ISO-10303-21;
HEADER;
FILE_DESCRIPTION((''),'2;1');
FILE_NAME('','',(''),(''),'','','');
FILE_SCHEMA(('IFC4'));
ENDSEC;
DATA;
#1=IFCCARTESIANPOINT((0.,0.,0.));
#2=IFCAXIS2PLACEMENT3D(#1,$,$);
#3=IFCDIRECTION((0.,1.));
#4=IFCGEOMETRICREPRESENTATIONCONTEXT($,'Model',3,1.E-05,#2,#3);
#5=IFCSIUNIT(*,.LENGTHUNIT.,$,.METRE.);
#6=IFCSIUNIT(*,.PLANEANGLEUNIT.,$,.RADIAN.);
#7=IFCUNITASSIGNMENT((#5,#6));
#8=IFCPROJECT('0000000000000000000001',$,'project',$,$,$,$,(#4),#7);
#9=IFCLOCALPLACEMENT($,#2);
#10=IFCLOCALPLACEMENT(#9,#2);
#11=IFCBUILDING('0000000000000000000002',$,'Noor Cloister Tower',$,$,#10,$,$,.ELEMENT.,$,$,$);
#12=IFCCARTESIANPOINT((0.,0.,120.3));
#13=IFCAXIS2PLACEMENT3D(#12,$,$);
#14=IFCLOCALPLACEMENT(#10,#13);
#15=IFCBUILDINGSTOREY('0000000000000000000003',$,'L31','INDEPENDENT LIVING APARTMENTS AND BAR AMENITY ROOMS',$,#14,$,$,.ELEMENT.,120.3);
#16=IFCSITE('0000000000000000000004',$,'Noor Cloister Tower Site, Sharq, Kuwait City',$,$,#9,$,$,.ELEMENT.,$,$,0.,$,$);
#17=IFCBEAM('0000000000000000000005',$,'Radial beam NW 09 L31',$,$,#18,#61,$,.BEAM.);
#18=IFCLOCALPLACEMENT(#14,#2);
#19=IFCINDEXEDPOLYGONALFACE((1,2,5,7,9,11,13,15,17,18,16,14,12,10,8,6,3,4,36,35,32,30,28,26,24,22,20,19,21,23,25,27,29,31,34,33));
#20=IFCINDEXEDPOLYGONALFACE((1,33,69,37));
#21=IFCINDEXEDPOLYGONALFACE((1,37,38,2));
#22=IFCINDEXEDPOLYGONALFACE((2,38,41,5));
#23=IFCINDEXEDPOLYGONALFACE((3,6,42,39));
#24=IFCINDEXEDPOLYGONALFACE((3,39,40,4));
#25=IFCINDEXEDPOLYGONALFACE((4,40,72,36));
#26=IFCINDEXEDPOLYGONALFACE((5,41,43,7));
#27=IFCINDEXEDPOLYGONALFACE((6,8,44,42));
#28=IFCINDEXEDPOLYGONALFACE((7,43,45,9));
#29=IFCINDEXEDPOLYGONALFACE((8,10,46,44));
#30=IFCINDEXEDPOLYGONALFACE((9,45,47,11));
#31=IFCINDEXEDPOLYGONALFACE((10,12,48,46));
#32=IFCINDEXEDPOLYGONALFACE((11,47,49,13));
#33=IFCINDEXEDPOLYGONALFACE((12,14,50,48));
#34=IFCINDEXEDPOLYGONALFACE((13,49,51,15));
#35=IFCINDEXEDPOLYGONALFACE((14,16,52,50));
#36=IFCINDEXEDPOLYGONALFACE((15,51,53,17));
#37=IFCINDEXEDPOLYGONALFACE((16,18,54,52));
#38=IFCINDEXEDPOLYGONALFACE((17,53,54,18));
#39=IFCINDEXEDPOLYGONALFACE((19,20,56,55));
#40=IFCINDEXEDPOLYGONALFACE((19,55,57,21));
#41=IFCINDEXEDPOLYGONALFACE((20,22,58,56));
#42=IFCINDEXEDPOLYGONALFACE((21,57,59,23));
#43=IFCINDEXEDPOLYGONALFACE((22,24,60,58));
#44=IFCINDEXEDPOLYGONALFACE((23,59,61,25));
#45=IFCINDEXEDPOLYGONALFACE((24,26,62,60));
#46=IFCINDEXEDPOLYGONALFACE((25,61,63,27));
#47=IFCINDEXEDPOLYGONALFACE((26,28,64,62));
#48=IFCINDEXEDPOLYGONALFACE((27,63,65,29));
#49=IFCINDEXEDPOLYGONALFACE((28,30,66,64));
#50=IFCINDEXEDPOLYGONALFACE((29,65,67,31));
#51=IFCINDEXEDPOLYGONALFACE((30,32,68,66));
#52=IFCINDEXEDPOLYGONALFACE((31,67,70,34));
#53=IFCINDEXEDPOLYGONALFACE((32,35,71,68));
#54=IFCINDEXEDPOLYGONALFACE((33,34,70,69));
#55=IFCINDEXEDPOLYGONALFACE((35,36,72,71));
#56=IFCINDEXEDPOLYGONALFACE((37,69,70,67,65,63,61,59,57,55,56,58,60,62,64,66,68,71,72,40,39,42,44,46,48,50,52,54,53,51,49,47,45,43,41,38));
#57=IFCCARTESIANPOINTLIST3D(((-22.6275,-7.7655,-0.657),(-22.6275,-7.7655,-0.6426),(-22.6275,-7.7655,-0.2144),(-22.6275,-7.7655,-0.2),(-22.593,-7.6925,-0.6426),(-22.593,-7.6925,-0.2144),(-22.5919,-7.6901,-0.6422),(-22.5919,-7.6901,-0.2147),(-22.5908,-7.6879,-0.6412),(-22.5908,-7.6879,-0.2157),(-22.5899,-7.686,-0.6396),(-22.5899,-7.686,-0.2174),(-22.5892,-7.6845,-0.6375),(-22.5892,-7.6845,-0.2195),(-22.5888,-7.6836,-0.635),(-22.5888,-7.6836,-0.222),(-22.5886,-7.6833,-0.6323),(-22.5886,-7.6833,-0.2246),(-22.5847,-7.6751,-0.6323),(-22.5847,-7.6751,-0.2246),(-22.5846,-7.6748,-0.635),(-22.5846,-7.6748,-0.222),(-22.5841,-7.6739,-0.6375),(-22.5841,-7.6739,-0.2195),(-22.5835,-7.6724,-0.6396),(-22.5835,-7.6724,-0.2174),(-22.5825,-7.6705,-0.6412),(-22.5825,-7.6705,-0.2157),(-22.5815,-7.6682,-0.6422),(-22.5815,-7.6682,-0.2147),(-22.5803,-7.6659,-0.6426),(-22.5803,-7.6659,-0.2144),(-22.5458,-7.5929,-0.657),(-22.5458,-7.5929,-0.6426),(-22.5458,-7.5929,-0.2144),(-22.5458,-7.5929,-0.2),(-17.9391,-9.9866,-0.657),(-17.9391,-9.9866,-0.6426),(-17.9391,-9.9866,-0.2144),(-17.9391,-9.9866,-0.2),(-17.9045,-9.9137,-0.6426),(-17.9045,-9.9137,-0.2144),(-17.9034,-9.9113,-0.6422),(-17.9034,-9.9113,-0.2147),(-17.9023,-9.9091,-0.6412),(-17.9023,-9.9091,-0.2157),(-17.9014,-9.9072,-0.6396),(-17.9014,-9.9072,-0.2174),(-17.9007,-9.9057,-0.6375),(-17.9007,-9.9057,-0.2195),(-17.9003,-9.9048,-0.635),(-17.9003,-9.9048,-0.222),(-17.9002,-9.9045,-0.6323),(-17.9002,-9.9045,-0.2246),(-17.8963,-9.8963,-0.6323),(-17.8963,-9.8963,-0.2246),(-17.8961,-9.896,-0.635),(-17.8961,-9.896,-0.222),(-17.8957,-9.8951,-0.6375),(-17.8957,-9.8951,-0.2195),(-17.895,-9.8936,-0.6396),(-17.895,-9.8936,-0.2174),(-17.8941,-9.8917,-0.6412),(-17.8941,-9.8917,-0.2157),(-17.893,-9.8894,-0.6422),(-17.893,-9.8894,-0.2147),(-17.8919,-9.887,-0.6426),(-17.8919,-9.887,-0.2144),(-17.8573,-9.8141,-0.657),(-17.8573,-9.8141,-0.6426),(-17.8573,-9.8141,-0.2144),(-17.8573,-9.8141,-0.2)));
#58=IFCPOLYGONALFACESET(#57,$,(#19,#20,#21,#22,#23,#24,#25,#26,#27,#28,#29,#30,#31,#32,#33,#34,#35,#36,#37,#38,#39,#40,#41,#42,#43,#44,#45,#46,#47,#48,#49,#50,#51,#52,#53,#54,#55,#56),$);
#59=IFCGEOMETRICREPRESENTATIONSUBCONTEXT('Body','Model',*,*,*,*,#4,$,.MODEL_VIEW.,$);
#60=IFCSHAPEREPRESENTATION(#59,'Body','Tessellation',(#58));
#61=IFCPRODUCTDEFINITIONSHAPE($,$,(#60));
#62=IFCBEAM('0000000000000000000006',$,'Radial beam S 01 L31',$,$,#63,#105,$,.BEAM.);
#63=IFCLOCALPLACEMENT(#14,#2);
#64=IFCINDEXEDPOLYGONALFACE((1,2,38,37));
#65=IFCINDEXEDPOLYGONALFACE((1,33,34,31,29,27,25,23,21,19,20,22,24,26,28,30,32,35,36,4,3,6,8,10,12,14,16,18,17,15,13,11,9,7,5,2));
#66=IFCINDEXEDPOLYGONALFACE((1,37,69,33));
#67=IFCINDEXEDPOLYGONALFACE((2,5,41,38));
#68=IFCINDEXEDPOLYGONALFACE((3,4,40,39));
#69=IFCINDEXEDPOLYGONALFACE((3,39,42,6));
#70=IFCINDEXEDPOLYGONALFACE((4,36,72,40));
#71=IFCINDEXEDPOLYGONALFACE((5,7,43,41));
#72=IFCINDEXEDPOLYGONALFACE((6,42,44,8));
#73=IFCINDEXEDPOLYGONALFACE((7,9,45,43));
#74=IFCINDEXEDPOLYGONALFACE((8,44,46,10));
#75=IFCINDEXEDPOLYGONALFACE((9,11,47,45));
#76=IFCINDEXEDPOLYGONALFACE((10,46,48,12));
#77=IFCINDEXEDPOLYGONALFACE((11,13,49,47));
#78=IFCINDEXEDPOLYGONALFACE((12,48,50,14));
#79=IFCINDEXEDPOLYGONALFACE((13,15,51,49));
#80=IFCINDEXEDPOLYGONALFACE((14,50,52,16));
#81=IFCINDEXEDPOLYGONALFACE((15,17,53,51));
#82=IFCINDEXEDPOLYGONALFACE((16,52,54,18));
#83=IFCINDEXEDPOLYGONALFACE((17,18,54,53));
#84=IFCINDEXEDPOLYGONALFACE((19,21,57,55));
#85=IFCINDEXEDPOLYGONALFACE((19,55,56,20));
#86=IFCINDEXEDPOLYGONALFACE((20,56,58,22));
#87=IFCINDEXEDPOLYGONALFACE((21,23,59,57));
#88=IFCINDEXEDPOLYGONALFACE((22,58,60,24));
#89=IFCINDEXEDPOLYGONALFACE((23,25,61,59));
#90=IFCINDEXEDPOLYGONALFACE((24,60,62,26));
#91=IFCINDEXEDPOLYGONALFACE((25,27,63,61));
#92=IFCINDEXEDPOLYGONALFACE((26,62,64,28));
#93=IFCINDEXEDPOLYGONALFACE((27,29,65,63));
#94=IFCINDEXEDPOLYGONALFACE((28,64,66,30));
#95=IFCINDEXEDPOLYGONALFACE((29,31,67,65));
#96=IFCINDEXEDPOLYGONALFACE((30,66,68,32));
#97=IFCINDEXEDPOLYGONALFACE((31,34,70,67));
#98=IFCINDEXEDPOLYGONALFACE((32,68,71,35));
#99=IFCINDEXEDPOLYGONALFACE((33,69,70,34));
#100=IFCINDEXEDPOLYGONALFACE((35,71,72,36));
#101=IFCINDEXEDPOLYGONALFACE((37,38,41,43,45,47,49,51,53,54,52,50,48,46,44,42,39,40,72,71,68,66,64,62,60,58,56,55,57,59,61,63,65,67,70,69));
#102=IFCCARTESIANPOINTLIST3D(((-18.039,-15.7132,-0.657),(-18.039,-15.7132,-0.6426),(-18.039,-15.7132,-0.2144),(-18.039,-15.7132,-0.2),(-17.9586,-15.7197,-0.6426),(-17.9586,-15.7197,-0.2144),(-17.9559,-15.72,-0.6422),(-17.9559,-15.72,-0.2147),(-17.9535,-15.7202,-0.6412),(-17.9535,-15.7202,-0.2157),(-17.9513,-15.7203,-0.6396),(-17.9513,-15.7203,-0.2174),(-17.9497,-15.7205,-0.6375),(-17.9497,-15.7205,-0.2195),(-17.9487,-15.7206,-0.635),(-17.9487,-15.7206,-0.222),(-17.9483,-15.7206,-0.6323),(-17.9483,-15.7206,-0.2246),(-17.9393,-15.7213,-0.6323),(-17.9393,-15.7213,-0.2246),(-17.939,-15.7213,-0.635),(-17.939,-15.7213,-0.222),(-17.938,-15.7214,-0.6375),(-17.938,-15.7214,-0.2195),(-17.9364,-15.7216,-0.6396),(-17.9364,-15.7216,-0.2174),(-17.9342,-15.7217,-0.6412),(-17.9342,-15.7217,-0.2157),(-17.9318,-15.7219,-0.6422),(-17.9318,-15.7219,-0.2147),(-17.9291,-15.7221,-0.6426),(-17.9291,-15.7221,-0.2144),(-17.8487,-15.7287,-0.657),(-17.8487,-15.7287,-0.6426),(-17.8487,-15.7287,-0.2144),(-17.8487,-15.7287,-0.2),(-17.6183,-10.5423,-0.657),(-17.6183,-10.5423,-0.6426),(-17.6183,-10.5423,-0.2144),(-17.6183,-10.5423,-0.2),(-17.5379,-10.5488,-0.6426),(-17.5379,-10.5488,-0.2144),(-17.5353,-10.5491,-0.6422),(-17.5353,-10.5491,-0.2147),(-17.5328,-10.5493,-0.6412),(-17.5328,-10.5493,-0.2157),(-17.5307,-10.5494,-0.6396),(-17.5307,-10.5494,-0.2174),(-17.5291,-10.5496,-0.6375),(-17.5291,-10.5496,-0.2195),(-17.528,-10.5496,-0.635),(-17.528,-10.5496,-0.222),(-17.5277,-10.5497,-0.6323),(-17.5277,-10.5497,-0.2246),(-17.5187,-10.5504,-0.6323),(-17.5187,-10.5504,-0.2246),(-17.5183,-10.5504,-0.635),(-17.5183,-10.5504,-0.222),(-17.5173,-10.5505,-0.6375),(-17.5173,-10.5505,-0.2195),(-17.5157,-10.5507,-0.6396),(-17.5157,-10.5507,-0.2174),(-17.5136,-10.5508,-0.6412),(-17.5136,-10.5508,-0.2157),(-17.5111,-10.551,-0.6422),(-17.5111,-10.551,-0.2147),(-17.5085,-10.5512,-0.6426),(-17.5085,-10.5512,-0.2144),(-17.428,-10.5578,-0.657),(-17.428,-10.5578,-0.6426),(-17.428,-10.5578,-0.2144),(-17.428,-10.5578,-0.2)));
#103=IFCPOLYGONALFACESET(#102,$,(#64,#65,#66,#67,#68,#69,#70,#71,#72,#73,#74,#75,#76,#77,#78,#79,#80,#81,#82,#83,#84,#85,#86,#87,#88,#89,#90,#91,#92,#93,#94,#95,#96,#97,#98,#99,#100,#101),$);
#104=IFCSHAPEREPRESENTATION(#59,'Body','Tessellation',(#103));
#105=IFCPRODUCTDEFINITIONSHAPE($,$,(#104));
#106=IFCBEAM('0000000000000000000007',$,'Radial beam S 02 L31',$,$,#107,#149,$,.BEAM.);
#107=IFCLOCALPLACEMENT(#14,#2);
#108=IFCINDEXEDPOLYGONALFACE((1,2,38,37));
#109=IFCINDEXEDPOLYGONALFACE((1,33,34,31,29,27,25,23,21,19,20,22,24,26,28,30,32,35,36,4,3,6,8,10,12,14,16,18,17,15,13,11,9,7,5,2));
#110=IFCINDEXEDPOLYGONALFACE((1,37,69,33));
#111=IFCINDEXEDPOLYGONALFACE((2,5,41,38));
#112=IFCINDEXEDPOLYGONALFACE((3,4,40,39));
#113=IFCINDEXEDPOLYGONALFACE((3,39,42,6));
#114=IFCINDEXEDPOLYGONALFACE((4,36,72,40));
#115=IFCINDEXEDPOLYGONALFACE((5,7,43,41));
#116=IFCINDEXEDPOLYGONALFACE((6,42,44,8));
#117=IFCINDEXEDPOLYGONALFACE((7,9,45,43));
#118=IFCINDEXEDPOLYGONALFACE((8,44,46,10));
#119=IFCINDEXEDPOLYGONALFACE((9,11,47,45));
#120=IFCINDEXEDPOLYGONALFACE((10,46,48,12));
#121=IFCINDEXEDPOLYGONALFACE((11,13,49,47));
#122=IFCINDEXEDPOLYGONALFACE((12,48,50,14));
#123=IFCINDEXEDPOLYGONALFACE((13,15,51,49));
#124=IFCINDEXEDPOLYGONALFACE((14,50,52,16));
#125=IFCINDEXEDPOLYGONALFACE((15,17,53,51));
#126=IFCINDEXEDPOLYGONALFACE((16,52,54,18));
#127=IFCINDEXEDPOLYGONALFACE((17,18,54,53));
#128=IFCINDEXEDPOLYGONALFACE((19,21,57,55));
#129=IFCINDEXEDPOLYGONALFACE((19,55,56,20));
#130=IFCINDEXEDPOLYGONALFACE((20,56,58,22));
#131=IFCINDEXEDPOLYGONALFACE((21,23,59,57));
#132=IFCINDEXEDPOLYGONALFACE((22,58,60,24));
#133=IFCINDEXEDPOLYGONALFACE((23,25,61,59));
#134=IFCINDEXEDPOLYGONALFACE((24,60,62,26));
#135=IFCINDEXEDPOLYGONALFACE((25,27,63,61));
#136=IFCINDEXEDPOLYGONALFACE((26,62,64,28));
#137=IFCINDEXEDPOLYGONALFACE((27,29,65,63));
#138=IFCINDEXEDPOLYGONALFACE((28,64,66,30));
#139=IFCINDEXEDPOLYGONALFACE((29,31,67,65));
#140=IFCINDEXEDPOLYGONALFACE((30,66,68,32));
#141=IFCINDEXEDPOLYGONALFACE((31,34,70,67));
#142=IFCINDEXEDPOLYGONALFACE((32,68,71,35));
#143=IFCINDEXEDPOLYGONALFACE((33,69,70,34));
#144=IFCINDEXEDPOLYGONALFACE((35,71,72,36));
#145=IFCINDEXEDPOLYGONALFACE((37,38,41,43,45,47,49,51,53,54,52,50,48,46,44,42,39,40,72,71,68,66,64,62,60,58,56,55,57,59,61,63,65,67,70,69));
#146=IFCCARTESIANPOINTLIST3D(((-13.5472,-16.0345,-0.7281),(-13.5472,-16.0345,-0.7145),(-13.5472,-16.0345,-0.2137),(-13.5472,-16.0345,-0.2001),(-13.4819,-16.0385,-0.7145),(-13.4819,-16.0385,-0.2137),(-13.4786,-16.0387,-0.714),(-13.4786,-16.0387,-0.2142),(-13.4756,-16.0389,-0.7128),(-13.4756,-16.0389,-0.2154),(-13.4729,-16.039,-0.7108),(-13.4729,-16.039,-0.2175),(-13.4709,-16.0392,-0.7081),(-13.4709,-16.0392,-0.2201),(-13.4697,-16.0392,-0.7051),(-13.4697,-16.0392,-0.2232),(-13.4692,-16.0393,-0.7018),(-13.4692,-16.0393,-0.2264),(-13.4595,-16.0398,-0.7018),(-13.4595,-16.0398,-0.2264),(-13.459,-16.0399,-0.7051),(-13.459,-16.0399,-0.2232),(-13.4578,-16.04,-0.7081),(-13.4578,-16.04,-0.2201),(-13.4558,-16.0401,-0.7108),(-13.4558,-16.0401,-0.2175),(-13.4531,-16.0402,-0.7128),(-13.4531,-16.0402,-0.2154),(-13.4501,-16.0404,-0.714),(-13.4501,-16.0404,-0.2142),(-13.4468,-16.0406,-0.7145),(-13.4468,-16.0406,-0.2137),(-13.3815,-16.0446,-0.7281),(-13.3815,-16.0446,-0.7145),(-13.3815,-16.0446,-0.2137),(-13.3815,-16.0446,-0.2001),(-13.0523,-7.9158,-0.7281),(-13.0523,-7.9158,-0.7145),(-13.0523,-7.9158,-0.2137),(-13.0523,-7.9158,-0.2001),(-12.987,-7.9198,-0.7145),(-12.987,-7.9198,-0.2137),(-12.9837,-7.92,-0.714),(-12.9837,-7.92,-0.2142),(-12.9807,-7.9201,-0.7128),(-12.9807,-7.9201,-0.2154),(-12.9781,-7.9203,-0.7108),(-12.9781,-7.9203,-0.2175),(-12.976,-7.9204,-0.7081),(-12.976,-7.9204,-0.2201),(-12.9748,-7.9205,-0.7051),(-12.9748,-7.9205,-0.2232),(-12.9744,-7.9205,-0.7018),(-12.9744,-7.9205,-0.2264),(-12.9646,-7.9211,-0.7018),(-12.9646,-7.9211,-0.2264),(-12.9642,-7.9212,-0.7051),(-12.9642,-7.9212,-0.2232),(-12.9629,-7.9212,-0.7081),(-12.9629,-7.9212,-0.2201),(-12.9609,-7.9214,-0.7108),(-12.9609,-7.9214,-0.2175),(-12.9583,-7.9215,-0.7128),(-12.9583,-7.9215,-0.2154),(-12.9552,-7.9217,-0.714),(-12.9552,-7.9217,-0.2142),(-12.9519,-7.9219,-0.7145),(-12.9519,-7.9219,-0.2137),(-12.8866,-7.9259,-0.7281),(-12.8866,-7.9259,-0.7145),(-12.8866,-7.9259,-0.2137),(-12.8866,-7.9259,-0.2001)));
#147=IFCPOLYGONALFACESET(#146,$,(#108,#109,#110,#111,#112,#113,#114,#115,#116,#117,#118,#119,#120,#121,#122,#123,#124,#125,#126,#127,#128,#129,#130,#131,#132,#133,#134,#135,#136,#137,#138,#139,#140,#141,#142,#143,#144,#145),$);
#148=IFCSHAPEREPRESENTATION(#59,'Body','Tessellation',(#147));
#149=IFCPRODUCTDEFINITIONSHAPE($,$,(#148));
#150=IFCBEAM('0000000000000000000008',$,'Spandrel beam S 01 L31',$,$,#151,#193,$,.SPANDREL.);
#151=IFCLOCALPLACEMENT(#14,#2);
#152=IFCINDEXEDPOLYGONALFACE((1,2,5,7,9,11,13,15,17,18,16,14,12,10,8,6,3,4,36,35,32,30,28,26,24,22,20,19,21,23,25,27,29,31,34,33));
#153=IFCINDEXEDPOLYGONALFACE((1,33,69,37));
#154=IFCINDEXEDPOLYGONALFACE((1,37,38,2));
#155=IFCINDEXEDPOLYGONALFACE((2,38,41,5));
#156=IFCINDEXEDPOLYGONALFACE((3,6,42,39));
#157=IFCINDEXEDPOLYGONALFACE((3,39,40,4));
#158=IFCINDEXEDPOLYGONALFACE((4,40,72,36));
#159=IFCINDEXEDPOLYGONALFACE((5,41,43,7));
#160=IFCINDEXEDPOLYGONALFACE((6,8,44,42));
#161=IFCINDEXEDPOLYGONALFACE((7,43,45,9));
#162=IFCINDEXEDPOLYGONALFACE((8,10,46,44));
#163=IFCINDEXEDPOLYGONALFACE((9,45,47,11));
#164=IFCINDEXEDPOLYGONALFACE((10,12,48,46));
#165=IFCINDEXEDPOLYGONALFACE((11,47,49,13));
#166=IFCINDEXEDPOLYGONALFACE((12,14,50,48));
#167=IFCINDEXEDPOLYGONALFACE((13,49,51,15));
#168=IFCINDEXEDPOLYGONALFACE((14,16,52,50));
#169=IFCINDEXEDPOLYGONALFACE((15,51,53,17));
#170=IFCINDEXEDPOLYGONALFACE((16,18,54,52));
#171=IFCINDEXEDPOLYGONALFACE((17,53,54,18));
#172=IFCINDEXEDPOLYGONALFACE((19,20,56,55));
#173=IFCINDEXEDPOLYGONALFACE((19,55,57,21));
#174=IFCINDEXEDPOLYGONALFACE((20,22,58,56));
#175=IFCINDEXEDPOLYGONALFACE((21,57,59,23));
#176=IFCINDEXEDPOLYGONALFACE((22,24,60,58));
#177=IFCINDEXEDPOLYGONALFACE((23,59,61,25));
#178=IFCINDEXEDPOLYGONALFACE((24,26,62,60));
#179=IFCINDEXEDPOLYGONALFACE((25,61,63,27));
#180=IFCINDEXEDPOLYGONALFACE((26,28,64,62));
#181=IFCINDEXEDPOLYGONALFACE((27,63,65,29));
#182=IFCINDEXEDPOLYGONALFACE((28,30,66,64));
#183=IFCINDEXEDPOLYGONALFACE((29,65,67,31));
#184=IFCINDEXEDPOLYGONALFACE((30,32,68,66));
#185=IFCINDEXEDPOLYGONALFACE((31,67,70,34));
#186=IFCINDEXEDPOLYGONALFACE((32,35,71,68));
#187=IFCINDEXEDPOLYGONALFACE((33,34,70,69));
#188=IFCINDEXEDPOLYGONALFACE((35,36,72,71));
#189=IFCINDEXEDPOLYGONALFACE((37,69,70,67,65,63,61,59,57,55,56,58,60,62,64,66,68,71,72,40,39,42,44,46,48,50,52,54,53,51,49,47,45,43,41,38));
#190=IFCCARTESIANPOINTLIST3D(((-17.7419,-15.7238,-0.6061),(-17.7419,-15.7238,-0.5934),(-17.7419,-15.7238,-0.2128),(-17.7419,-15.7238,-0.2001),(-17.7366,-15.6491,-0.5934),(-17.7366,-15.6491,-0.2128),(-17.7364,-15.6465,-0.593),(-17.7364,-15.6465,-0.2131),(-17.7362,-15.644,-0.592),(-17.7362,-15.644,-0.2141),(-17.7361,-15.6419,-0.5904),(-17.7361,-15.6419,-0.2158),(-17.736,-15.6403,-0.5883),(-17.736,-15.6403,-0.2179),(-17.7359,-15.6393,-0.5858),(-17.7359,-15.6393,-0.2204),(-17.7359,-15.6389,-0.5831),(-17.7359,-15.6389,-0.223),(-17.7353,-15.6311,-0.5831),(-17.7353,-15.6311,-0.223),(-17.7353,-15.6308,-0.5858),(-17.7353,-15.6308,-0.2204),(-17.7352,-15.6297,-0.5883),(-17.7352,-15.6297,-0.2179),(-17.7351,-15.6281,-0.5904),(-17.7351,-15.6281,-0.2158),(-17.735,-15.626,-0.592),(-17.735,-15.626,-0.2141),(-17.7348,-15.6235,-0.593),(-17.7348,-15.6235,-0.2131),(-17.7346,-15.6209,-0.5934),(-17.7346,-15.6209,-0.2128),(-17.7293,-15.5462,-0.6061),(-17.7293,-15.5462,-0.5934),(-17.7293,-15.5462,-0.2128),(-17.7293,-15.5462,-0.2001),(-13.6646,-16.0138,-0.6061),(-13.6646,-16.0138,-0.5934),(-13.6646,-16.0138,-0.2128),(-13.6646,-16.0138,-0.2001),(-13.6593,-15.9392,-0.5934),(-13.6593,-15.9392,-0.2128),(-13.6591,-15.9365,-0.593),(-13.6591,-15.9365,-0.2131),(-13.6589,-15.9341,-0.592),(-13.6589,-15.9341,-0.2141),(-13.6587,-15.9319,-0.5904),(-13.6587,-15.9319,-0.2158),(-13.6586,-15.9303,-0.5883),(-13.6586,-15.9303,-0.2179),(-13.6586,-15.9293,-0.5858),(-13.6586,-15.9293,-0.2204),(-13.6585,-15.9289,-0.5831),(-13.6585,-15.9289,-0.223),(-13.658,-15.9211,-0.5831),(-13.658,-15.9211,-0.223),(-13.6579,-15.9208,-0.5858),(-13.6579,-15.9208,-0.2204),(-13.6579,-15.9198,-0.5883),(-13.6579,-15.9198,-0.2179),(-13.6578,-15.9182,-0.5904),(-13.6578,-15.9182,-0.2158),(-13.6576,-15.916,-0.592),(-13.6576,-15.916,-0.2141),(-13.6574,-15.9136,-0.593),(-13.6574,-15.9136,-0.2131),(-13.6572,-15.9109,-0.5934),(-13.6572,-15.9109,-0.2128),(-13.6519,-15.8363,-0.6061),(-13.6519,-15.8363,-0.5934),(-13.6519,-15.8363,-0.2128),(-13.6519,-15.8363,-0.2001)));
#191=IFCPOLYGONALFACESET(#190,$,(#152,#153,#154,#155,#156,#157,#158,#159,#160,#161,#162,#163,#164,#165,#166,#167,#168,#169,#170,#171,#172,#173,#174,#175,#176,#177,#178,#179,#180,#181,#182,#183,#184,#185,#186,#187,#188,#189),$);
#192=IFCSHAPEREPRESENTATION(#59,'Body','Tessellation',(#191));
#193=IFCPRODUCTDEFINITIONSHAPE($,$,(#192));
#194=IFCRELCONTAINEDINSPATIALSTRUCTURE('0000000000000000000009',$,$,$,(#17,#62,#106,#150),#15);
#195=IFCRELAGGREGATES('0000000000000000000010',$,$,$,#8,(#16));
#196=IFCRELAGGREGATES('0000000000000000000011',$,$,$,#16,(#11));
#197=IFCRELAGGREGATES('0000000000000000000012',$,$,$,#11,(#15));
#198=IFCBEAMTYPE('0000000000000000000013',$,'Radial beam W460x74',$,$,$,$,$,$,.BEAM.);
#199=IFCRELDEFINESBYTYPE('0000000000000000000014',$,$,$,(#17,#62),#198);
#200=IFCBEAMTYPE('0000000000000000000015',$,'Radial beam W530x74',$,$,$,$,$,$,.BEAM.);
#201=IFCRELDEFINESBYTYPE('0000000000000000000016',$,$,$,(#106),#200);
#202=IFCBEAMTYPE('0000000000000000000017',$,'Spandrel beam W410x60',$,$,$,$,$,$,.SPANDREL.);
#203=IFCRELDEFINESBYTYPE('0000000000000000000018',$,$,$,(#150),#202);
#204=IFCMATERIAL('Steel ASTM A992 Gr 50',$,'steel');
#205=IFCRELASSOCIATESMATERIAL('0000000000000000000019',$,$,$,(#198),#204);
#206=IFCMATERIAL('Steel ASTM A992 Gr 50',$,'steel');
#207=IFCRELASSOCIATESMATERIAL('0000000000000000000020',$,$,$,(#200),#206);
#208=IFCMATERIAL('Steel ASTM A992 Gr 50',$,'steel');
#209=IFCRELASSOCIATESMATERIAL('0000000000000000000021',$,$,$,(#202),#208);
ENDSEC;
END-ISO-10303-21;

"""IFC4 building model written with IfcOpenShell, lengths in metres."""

from ifc_helpers import new_model, si_unit, direction, frame, origin, origin_2d, place, context, subcontext, project, spatial, i_section, extrude, material, material_profile, profile_set, type_object, element, save


model = new_model("IFC4")

# Units and contexts
model_context = context("Model", 3, precision=1e-05, world=origin(), true_north=direction((0.0, 1.0)))
body_context = subcontext(model_context, "Body", "Model", "MODEL_VIEW")
ifc_project = project(units=[si_unit("LENGTHUNIT", "METRE"), si_unit("PLANEANGLEUNIT", "RADIAN")], contexts=[model_context])

# Site, building, storey
site_placement = place(None, origin())
site = spatial("IfcSite", under=ifc_project, at=site_placement, Name="Noor Cloister Tower Site, Sharq, Kuwait City", CompositionType="ELEMENT", RefElevation=0.0)
building_placement = place(site_placement, origin())
building = spatial("IfcBuilding", under=site, at=building_placement, Name="Noor Cloister Tower", CompositionType="ELEMENT")
storey_placement = place(building_placement, frame((0.0, 0.0, 120.3)))
storey = spatial("IfcBuildingStorey", under=building, at=storey_placement, Name="L31", Description="INDEPENDENT LIVING APARTMENTS AND BAR AMENITY ROOMS", CompositionType="ELEMENT", Elevation=120.3)

# Beams
ifc_material_1 = material(Name="Steel ASTM A992 Gr 50", Category="steel")
ifc_material_profile_1 = material_profile(ifc_material_1, i_section(OverallWidth=0.1909, OverallDepth=0.457, WebThickness=0.009, FlangeThickness=0.0144, FilletRadius=0.0103, at=origin_2d()), Name="W460x74")
ifc_profile_set_1 = profile_set([ifc_material_profile_1], Name="Steel ASTM A992 Gr 50")
beam_type_1 = type_object("IfcBeamType", Name="Radial beam W460x74", PredefinedType="BEAM", material=ifc_profile_set_1)
for number, where, z_axis, x_axis, name in (
    (1, (-22.5867, -7.6792, -0.4285), (0.903713, -0.428139, 0.0), (0.428139, 0.903713, 0.0), "Radial beam NW 09 L31"),
    (2, (-17.9438, -15.7209, -0.4285), (0.081082, 0.996707, 0.0), (-0.996707, 0.081082, 0.0), "Radial beam S 01 L31"),
):
    element("IfcBeam", number, at=place(storey_placement, frame(where, z_axis=z_axis, x_axis=x_axis)), inside=storey, type_object=beam_type_1, Name=name, PredefinedType="BEAM", context=body_context, shape_type="SweptSolid", body=[
        extrude(i_section(OverallWidth=0.1909, OverallDepth=0.457, WebThickness=0.009, FlangeThickness=0.0144, FilletRadius=0.0103, at=origin_2d()), origin(), (0.0, 0.0, 1.0), 5.188),
    ])
ifc_material_2 = material(Name="Steel ASTM A992 Gr 50", Category="steel")
ifc_material_profile_2 = material_profile(ifc_material_2, i_section(OverallWidth=0.166, OverallDepth=0.5281, WebThickness=0.0098, FlangeThickness=0.0137, FilletRadius=0.0127, at=origin_2d()), Name="W530x74")
ifc_profile_set_2 = profile_set([ifc_material_profile_2], Name="Steel ASTM A992 Gr 50")
beam_type_2 = type_object("IfcBeamType", Name="Radial beam W530x74", PredefinedType="BEAM", material=ifc_profile_set_2)
beam_1_placement = place(storey_placement, frame((-13.4644, -16.0396, -0.4641), z_axis=(0.060842, 0.998147, 0.0), x_axis=(-0.998147, 0.060842, 0.0)))
element("IfcBeam", 3, at=beam_1_placement, inside=storey, type_object=beam_type_2, Name="Radial beam S 02 L31", PredefinedType="BEAM", context=body_context, shape_type="SweptSolid", body=[
    extrude(i_section(OverallWidth=0.166, OverallDepth=0.5281, WebThickness=0.0098, FlangeThickness=0.0137, FilletRadius=0.0127, at=origin_2d()), origin(), (0.0, 0.0, 1.0), 8.1338),
])
ifc_material_3 = material(Name="Steel ASTM A992 Gr 50", Category="steel")
ifc_material_profile_3 = material_profile(ifc_material_3, i_section(OverallWidth=0.178, OverallDepth=0.406, WebThickness=0.0078, FlangeThickness=0.0127, FilletRadius=0.0103, at=origin_2d()), Name="W410x60")
ifc_profile_set_3 = profile_set([ifc_material_profile_3], Name="Steel ASTM A992 Gr 50")
beam_type_3 = type_object("IfcBeamType", Name="Spandrel beam W410x60", PredefinedType="SPANDREL", material=ifc_profile_set_3)
beam_2_placement = place(storey_placement, frame((-17.7356, -15.635, -0.4031), z_axis=(0.99748, -0.070954, 0.0), x_axis=(0.070954, 0.99748, 0.0)))
element("IfcBeam", 4, at=beam_2_placement, inside=storey, type_object=beam_type_3, Name="Spandrel beam S 01 L31", PredefinedType="SPANDREL", context=body_context, shape_type="SweptSolid", body=[
    extrude(i_section(OverallWidth=0.178, OverallDepth=0.406, WebThickness=0.0078, FlangeThickness=0.0127, FilletRadius=0.0103, at=origin_2d()), origin(), (0.0, 0.0, 1.0), 4.0876),
])

save(model, "model.ifc")
